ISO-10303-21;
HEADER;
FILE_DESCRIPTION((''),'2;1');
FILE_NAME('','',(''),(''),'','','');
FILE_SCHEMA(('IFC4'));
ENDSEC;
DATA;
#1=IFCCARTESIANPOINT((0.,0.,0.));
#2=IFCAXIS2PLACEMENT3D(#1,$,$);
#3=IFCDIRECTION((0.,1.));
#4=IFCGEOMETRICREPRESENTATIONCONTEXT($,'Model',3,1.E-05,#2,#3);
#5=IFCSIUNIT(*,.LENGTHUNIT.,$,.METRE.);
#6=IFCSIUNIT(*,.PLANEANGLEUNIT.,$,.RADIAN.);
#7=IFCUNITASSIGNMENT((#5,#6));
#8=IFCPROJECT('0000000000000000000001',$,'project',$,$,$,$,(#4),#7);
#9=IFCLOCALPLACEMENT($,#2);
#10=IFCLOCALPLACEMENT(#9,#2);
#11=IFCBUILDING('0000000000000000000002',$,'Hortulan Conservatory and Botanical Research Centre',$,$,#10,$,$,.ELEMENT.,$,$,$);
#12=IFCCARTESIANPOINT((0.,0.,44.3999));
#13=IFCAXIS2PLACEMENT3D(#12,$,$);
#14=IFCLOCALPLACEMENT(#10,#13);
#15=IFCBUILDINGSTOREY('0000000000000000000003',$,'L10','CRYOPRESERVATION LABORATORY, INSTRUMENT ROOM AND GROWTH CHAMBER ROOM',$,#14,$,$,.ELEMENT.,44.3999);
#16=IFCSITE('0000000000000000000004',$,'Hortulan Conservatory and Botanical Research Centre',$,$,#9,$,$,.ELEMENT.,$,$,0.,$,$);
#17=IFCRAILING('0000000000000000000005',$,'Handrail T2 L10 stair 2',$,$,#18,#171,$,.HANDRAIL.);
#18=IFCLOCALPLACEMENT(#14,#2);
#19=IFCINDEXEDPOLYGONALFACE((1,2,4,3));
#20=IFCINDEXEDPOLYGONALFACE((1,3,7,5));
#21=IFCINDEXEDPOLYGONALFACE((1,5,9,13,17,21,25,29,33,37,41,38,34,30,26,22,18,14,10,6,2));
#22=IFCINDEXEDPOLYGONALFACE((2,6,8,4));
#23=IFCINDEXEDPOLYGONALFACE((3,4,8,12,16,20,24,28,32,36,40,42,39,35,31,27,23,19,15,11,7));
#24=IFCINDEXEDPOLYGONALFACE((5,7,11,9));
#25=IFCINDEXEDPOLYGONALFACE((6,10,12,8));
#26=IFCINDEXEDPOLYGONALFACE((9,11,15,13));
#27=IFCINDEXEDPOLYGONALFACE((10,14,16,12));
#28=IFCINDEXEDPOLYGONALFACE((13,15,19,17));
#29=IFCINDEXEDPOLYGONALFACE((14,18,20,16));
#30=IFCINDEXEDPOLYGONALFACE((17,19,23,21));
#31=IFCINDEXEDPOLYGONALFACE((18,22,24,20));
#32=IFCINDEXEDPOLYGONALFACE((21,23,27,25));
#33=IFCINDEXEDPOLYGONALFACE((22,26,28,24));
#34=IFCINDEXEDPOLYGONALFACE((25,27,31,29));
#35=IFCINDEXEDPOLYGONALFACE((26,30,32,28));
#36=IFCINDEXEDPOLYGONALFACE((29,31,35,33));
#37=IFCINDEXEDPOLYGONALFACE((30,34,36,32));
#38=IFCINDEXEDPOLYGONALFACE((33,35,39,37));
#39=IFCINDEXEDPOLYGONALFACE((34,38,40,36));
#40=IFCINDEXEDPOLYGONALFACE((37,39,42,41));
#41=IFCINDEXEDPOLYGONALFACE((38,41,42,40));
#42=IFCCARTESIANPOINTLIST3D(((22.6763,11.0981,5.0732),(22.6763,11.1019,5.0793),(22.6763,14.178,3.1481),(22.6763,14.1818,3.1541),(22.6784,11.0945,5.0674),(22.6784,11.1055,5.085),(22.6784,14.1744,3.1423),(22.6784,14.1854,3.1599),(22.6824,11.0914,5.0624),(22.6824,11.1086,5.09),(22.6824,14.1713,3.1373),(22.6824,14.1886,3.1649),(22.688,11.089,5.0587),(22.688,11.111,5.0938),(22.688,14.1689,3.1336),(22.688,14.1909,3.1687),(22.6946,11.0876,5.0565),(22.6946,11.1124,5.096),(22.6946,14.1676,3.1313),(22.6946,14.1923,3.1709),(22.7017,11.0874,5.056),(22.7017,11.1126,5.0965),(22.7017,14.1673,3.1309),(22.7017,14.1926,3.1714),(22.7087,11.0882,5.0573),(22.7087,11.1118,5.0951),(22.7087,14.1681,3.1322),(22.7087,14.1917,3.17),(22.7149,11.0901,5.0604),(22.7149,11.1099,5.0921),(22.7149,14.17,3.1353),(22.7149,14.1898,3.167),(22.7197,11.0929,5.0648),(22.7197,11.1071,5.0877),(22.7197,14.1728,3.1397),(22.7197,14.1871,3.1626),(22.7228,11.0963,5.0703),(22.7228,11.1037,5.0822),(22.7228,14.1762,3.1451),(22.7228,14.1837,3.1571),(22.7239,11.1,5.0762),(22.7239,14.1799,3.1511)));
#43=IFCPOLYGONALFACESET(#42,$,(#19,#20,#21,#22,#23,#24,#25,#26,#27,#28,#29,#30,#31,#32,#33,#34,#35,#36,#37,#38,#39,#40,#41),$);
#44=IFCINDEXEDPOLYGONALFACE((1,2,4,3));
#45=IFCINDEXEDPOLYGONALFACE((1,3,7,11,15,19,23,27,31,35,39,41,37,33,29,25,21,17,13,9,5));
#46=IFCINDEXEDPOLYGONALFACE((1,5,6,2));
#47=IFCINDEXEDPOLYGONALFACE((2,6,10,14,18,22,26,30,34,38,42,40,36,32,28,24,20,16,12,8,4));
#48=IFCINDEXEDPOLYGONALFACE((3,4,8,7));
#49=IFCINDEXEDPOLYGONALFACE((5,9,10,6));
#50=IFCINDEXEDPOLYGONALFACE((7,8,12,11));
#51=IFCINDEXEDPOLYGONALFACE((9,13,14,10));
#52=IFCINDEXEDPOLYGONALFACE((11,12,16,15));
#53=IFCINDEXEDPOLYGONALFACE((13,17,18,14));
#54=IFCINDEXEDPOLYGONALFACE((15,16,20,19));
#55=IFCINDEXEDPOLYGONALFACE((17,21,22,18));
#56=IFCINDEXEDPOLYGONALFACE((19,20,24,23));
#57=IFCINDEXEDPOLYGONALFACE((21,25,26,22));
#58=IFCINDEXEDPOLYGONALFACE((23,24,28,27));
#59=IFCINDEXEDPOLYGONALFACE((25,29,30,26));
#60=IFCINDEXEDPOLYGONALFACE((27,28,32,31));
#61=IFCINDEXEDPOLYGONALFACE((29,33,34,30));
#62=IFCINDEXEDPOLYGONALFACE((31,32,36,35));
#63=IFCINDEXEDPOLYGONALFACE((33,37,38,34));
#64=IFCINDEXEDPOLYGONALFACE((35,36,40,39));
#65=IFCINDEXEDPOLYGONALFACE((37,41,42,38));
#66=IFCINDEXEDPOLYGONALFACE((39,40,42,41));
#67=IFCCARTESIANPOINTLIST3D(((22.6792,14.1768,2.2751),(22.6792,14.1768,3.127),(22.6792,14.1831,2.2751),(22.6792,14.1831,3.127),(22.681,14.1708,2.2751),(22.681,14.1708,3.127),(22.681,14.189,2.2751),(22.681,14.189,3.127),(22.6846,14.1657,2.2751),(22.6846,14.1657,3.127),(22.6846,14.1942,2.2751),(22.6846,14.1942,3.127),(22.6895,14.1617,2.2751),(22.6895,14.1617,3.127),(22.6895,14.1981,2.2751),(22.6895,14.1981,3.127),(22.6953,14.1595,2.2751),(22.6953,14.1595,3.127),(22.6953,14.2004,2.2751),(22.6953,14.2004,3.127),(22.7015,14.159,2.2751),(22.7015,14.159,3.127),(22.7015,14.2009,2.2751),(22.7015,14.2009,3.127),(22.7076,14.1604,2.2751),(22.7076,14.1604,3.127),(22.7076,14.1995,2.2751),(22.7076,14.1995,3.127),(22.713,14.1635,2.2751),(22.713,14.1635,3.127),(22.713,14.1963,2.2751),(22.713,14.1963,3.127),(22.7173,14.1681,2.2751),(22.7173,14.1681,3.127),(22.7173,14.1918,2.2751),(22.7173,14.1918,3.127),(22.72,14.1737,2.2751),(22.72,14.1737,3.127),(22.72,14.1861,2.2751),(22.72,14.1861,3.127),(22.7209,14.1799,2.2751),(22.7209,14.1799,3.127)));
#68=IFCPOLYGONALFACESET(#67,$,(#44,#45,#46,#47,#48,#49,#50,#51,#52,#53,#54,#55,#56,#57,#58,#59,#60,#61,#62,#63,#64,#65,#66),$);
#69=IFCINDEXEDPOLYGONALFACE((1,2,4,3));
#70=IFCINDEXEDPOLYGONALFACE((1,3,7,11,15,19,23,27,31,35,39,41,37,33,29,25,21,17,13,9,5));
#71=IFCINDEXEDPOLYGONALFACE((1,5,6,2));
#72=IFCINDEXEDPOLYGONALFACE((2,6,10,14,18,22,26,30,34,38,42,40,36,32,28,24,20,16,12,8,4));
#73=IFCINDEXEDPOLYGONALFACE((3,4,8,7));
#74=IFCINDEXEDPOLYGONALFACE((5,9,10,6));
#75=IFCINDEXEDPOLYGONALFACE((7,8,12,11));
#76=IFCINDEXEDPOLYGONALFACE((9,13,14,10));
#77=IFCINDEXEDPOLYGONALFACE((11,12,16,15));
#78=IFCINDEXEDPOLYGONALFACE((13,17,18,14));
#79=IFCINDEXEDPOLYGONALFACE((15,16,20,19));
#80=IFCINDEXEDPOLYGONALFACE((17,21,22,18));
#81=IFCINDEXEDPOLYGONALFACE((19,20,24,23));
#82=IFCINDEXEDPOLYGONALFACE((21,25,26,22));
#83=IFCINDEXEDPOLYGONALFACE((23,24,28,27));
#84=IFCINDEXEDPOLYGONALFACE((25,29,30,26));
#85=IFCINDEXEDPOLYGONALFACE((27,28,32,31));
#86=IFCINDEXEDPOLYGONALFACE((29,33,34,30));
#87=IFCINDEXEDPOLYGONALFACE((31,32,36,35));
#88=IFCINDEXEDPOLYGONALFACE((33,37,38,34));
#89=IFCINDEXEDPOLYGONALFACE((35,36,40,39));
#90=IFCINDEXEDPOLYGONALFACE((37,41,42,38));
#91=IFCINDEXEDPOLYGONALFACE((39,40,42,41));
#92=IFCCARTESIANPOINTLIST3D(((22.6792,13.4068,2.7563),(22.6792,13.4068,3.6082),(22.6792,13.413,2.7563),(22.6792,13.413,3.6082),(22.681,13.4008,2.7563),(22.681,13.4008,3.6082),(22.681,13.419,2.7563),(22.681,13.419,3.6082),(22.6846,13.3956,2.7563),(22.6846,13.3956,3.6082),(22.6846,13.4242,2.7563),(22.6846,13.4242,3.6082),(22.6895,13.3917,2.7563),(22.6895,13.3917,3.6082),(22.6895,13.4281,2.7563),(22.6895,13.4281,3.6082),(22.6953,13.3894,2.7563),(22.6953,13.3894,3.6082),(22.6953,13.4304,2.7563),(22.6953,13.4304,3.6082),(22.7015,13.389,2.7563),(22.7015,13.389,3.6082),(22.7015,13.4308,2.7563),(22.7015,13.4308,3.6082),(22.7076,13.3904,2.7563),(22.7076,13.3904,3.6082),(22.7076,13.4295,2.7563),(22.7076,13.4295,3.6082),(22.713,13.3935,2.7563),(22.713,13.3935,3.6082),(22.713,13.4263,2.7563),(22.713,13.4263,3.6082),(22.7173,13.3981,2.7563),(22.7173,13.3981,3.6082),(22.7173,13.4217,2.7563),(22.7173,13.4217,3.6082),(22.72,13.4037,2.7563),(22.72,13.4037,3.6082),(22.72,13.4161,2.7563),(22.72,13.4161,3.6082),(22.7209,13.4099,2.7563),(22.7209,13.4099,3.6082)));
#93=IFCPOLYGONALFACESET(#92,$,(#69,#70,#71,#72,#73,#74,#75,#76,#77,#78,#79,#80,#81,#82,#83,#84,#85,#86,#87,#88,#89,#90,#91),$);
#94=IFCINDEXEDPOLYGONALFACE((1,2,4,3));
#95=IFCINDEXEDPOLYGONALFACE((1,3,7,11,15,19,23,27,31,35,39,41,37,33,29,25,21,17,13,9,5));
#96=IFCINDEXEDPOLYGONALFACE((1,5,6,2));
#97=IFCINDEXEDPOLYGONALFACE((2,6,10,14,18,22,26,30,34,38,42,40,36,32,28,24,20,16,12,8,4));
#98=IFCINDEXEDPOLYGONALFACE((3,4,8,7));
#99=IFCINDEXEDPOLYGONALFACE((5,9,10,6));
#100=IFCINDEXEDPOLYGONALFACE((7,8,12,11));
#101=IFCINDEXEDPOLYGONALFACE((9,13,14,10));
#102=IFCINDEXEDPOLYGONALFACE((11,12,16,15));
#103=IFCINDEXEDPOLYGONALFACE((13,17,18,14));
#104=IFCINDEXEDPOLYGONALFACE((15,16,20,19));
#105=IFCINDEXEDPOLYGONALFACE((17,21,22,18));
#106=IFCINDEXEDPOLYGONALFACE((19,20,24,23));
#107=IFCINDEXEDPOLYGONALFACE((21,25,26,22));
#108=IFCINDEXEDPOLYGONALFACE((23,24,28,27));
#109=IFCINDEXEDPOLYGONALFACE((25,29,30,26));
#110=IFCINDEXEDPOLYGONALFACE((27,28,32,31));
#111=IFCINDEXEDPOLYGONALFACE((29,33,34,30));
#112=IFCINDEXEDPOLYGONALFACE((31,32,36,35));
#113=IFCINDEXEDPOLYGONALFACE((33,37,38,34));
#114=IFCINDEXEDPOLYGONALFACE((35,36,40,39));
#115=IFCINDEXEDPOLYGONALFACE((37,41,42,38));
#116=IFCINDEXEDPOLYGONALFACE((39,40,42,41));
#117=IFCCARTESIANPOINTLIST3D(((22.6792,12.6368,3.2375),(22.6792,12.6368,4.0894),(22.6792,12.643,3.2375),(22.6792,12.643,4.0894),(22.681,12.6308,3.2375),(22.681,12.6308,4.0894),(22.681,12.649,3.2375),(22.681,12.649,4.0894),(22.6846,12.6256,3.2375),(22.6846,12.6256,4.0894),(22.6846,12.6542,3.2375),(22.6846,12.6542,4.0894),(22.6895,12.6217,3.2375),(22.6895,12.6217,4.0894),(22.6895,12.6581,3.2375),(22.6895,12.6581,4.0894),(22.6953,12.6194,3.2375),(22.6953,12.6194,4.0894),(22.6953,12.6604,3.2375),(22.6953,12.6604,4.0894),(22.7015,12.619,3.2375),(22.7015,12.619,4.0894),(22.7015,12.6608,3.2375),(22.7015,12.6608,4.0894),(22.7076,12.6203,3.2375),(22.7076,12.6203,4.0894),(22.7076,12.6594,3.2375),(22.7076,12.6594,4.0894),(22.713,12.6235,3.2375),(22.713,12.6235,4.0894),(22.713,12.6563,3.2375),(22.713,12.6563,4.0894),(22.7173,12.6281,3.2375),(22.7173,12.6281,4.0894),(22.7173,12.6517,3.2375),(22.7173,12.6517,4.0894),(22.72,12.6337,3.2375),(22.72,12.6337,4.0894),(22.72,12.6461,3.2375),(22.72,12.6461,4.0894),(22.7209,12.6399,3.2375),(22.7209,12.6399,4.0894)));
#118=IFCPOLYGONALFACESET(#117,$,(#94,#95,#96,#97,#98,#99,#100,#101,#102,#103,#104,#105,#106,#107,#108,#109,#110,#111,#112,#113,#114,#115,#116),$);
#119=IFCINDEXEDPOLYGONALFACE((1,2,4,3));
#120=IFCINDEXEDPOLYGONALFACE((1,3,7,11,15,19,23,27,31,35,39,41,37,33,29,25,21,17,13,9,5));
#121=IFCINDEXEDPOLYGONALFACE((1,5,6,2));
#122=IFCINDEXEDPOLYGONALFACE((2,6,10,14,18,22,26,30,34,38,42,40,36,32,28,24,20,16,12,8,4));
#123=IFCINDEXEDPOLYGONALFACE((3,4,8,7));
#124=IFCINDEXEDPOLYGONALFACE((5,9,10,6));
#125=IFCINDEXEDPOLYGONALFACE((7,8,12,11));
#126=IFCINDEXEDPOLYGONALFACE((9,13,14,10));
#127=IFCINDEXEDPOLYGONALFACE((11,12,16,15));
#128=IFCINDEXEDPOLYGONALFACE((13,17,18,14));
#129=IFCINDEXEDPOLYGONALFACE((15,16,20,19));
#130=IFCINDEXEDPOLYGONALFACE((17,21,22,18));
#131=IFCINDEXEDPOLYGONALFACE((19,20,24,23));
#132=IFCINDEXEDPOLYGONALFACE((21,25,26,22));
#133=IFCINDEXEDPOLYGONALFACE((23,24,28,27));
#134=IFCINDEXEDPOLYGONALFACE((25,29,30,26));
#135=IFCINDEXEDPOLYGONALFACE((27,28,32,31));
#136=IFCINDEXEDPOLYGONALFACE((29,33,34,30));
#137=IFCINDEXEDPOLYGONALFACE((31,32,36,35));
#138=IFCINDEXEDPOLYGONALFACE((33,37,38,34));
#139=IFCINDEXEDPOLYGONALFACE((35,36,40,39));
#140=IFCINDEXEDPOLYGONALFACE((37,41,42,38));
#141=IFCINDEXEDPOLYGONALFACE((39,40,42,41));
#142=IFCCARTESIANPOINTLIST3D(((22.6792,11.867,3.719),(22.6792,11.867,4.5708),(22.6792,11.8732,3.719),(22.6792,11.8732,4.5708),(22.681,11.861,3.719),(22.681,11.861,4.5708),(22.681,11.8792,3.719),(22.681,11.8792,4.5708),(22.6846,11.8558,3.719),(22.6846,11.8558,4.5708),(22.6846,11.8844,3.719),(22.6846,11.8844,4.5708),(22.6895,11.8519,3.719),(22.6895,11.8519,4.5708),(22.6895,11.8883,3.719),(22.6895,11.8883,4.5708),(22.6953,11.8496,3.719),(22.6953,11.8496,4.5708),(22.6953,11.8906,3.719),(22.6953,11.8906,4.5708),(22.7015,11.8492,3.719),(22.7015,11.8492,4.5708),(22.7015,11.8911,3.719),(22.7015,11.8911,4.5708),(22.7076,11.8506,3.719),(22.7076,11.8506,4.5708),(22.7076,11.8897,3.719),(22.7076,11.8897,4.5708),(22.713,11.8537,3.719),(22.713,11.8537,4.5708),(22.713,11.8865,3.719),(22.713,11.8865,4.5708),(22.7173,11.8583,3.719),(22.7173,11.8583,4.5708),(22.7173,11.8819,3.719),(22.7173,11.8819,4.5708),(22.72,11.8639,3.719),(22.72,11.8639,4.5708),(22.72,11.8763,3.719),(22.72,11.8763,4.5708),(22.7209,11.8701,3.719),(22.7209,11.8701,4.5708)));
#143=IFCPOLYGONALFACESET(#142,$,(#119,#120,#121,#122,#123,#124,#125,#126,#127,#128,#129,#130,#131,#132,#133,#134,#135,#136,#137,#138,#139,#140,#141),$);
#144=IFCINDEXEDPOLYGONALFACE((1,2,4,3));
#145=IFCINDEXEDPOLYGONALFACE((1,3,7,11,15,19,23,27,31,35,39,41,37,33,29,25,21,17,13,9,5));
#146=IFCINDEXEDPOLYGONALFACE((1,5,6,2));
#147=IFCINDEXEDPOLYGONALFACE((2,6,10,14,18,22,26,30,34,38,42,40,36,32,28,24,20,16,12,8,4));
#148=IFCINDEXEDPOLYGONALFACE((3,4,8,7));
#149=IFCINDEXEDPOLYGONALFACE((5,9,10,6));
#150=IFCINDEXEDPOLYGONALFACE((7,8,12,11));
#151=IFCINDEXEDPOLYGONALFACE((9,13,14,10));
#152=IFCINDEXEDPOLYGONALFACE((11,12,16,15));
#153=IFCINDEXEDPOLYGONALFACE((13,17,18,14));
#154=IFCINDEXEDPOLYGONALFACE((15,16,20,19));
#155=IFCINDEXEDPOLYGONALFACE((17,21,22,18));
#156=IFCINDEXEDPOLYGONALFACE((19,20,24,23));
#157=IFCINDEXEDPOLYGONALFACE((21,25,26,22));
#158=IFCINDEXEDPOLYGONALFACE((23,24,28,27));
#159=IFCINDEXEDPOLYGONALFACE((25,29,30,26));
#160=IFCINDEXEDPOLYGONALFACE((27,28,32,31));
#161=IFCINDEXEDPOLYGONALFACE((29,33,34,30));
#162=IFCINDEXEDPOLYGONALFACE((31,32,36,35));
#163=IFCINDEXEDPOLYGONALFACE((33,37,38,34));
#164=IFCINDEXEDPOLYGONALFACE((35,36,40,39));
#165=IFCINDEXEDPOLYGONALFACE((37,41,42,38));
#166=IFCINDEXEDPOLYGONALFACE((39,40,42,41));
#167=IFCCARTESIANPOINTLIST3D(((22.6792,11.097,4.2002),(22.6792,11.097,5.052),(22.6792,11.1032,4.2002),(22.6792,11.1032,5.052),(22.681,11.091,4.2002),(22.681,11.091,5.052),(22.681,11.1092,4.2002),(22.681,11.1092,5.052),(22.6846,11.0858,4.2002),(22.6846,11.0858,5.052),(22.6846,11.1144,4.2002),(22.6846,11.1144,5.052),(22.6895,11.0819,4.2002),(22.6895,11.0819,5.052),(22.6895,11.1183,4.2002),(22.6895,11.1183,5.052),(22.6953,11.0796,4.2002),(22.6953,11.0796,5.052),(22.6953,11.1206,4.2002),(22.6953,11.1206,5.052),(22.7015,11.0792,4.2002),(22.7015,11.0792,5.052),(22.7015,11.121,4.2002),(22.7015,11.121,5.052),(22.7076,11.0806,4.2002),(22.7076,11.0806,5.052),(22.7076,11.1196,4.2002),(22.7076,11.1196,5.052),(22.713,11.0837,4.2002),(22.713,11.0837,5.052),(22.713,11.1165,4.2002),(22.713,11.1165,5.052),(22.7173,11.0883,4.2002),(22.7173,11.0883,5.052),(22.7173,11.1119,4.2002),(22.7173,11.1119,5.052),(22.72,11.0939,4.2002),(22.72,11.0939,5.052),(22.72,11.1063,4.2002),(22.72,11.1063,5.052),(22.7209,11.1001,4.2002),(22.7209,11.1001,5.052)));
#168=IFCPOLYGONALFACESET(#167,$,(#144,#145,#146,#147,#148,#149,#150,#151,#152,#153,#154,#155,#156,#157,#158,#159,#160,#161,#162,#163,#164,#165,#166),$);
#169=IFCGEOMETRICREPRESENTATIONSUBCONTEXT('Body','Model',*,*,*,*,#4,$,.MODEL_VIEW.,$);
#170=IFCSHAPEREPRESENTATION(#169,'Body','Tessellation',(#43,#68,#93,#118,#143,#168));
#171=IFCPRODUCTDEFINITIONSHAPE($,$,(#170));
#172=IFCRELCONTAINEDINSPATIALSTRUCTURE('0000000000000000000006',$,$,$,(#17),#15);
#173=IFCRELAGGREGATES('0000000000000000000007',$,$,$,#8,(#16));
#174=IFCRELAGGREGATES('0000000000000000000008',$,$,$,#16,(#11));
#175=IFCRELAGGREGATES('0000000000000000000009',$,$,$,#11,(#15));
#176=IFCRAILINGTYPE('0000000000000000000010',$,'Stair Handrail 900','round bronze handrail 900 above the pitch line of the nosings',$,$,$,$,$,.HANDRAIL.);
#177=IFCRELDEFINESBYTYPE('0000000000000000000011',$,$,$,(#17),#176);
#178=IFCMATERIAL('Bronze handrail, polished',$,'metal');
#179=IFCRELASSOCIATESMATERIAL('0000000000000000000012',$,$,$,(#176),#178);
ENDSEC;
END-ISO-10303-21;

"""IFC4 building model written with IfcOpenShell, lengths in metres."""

from ifc_helpers import new_model, si_unit, direction, frame, origin, origin_2d, place, context, subcontext, project, spatial, circle, extrude, material, type_object, element, save


model = new_model("IFC4")

# Units and contexts
model_context = context("Model", 3, precision=1e-05, world=origin(), true_north=direction((0.0, 1.0)))
body_context = subcontext(model_context, "Body", "Model", "MODEL_VIEW")
ifc_project = project(units=[si_unit("LENGTHUNIT", "METRE"), si_unit("PLANEANGLEUNIT", "RADIAN")], contexts=[model_context])

# Site, building, storey
site_placement = place(None, origin())
site = spatial("IfcSite", under=ifc_project, at=site_placement, Name="Hortulan Conservatory and Botanical Research Centre", CompositionType="ELEMENT", RefElevation=0.0)
building_placement = place(site_placement, origin())
building = spatial("IfcBuilding", under=site, at=building_placement, Name="Hortulan Conservatory and Botanical Research Centre", CompositionType="ELEMENT")
storey_placement = place(building_placement, frame((0.0, 0.0, 44.3999)))
storey = spatial("IfcBuildingStorey", under=building, at=storey_placement, Name="L10", Description="CRYOPRESERVATION LABORATORY, INSTRUMENT ROOM AND GROWTH CHAMBER ROOM", CompositionType="ELEMENT", Elevation=44.3999)

# Railing
ifc_material_1 = material(Name="Bronze handrail, polished", Category="metal")
railing_type_1 = type_object("IfcRailingType", Name="Stair Handrail 900", Description="round bronze handrail 900 above the pitch line of the nosings", PredefinedType="HANDRAIL", material=ifc_material_1)
for number, where, name in (
    (1, (22.7, 14.1799, 2.2751), "Handrail T2 L10 stair 2"),
):
    element("IfcRailing", number, at=place(storey_placement, frame(where)), inside=storey, type_object=railing_type_1, Name=name, PredefinedType="HANDRAIL", context=body_context, shape_type="SweptSolid", body=[
        extrude(circle(Radius=0.0239, at=origin_2d()), frame((0.0, 0.0, 0.876), z_axis=(0.0, -0.847979, 0.530029), x_axis=(1.0, 0.0, 0.0)), (0.0, 0.0, 1.0), 3.6321),
        extrude(circle(Radius=0.021, at=origin_2d()), origin(), (0.0, 0.0, 1.0), 0.8518),
        extrude(circle(Radius=0.021, at=origin_2d()), frame((0.0, -0.77, 0.4812)), (0.0, 0.0, 1.0), 0.8518),
        extrude(circle(Radius=0.021, at=origin_2d()), frame((0.0, -1.54, 0.9624)), (0.0, 0.0, 1.0), 0.8518),
        extrude(circle(Radius=0.021, at=origin_2d()), frame((0.0, -2.3098, 1.4438)), (0.0, 0.0, 1.0), 0.8518),
        extrude(circle(Radius=0.021, at=origin_2d()), frame((0.0, -3.0798, 1.925)), (0.0, 0.0, 1.0), 0.8518),
    ])

save(model, "model.ifc")
